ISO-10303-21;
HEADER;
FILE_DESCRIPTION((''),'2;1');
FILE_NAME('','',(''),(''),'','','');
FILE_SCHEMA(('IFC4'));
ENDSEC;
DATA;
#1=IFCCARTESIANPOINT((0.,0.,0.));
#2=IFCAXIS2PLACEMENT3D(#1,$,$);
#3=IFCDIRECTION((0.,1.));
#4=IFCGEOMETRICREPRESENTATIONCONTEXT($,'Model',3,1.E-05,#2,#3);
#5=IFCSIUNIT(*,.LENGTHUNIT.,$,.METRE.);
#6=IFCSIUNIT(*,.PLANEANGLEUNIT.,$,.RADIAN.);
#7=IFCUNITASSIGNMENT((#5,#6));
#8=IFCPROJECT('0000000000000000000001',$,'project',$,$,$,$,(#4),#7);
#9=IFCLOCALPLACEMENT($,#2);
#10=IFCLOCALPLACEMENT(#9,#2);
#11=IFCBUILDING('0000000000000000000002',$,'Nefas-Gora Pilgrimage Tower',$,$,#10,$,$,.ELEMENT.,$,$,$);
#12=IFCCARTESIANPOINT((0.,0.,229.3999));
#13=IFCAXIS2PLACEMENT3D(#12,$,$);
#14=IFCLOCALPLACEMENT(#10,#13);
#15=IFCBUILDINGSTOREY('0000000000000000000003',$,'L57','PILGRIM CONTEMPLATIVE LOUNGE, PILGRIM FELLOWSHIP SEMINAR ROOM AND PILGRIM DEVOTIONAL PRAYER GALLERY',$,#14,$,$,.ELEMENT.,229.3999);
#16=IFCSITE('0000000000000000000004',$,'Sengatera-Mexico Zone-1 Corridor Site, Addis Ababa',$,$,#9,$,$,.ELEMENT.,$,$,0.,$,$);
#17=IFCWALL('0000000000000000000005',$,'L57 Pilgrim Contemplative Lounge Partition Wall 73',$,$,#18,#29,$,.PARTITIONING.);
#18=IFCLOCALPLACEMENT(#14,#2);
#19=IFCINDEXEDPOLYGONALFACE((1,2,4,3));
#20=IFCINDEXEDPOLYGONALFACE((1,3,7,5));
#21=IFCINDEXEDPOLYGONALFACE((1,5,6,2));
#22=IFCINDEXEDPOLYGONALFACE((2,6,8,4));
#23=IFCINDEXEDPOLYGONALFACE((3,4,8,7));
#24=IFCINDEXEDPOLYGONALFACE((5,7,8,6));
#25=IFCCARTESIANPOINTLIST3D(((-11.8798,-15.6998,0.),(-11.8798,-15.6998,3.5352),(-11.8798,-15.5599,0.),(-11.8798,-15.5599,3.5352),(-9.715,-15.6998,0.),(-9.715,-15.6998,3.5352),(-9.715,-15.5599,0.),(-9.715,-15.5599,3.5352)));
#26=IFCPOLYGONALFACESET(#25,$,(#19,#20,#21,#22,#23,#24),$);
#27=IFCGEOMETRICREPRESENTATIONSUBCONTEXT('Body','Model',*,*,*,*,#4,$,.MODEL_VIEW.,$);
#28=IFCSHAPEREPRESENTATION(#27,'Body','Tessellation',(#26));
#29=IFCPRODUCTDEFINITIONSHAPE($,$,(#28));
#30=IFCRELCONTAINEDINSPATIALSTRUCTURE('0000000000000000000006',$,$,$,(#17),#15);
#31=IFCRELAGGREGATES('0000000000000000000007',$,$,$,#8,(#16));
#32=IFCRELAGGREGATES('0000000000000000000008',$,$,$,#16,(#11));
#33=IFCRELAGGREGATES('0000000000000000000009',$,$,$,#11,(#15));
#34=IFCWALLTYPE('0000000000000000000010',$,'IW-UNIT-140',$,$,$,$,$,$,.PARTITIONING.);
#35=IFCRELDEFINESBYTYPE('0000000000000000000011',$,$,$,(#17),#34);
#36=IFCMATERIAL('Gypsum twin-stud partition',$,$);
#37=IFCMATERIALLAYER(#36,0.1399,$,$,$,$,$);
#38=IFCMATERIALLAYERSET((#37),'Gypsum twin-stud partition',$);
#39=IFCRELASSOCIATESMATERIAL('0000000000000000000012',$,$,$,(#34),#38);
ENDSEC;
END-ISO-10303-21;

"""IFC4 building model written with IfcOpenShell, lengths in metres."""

from ifc_helpers import new_model, si_unit, direction, frame, frame_2d, origin, place, context, subcontext, project, spatial, rectangle, extrude, source, transform, mapped, material, layer, layer_set, type_object, element, save


model = new_model("IFC4")

# Units and contexts
model_context = context("Model", 3, precision=1e-05, world=origin(), true_north=direction((0.0, 1.0)))
body_context = subcontext(model_context, "Body", "Model", "MODEL_VIEW")
ifc_project = project(units=[si_unit("LENGTHUNIT", "METRE"), si_unit("PLANEANGLEUNIT", "RADIAN")], contexts=[model_context])

# Site, building, storey
site_placement = place(None, origin())
site = spatial("IfcSite", under=ifc_project, at=site_placement, Name="Sengatera-Mexico Zone-1 Corridor Site, Addis Ababa", CompositionType="ELEMENT", RefElevation=0.0)
building_placement = place(site_placement, origin())
building = spatial("IfcBuilding", under=site, at=building_placement, Name="Nefas-Gora Pilgrimage Tower", CompositionType="ELEMENT")
storey_placement = place(building_placement, frame((0.0, 0.0, 229.3999)))
storey = spatial("IfcBuildingStorey", under=building, at=storey_placement, Name="L57", Description="PILGRIM CONTEMPLATIVE LOUNGE, PILGRIM FELLOWSHIP SEMINAR ROOM AND PILGRIM DEVOTIONAL PRAYER GALLERY", CompositionType="ELEMENT", Elevation=229.3999)

# Shared definitions
ifc_material_1 = material(Name="Gypsum twin-stud partition")
ifc_layer_1 = layer(ifc_material_1, 0.1399)
ifc_layer_set_1 = layer_set([ifc_layer_1], Name="Gypsum twin-stud partition")
wall_type_1 = type_object("IfcWallType", Name="IW-UNIT-140", PredefinedType="PARTITIONING", material=ifc_layer_set_1)

# Wall
shared_shape_1 = source(origin(), body_context, "Body", "SweptSolid", [
    extrude(rectangle(XDim=2.1648, YDim=0.1399, at=frame_2d((1.0825, 0.0))), origin(), (0.0, 0.0, 1.0), 3.5352),
])
wall_1_placement = place(storey_placement, frame((-11.8799, -15.6299, 0.0), z_axis=(0.0, 0.0, 1.0), x_axis=(1.0, 0.0, 0.0)))
element("IfcWall", 1, at=wall_1_placement, inside=storey, type_object=wall_type_1, Name="L57 Pilgrim Contemplative Lounge Partition Wall 73", PredefinedType="PARTITIONING", context=body_context, shape_type="MappedRepresentation", body=[
    mapped(shared_shape_1, transform((0.0, 0.0, 0.0), x_axis=(1.0, 0.0, 0.0), y_axis=(0.0, 1.0, 0.0), z_axis=(0.0, 0.0, 1.0), scale=1.0)),
])

save(model, "model.ifc")
